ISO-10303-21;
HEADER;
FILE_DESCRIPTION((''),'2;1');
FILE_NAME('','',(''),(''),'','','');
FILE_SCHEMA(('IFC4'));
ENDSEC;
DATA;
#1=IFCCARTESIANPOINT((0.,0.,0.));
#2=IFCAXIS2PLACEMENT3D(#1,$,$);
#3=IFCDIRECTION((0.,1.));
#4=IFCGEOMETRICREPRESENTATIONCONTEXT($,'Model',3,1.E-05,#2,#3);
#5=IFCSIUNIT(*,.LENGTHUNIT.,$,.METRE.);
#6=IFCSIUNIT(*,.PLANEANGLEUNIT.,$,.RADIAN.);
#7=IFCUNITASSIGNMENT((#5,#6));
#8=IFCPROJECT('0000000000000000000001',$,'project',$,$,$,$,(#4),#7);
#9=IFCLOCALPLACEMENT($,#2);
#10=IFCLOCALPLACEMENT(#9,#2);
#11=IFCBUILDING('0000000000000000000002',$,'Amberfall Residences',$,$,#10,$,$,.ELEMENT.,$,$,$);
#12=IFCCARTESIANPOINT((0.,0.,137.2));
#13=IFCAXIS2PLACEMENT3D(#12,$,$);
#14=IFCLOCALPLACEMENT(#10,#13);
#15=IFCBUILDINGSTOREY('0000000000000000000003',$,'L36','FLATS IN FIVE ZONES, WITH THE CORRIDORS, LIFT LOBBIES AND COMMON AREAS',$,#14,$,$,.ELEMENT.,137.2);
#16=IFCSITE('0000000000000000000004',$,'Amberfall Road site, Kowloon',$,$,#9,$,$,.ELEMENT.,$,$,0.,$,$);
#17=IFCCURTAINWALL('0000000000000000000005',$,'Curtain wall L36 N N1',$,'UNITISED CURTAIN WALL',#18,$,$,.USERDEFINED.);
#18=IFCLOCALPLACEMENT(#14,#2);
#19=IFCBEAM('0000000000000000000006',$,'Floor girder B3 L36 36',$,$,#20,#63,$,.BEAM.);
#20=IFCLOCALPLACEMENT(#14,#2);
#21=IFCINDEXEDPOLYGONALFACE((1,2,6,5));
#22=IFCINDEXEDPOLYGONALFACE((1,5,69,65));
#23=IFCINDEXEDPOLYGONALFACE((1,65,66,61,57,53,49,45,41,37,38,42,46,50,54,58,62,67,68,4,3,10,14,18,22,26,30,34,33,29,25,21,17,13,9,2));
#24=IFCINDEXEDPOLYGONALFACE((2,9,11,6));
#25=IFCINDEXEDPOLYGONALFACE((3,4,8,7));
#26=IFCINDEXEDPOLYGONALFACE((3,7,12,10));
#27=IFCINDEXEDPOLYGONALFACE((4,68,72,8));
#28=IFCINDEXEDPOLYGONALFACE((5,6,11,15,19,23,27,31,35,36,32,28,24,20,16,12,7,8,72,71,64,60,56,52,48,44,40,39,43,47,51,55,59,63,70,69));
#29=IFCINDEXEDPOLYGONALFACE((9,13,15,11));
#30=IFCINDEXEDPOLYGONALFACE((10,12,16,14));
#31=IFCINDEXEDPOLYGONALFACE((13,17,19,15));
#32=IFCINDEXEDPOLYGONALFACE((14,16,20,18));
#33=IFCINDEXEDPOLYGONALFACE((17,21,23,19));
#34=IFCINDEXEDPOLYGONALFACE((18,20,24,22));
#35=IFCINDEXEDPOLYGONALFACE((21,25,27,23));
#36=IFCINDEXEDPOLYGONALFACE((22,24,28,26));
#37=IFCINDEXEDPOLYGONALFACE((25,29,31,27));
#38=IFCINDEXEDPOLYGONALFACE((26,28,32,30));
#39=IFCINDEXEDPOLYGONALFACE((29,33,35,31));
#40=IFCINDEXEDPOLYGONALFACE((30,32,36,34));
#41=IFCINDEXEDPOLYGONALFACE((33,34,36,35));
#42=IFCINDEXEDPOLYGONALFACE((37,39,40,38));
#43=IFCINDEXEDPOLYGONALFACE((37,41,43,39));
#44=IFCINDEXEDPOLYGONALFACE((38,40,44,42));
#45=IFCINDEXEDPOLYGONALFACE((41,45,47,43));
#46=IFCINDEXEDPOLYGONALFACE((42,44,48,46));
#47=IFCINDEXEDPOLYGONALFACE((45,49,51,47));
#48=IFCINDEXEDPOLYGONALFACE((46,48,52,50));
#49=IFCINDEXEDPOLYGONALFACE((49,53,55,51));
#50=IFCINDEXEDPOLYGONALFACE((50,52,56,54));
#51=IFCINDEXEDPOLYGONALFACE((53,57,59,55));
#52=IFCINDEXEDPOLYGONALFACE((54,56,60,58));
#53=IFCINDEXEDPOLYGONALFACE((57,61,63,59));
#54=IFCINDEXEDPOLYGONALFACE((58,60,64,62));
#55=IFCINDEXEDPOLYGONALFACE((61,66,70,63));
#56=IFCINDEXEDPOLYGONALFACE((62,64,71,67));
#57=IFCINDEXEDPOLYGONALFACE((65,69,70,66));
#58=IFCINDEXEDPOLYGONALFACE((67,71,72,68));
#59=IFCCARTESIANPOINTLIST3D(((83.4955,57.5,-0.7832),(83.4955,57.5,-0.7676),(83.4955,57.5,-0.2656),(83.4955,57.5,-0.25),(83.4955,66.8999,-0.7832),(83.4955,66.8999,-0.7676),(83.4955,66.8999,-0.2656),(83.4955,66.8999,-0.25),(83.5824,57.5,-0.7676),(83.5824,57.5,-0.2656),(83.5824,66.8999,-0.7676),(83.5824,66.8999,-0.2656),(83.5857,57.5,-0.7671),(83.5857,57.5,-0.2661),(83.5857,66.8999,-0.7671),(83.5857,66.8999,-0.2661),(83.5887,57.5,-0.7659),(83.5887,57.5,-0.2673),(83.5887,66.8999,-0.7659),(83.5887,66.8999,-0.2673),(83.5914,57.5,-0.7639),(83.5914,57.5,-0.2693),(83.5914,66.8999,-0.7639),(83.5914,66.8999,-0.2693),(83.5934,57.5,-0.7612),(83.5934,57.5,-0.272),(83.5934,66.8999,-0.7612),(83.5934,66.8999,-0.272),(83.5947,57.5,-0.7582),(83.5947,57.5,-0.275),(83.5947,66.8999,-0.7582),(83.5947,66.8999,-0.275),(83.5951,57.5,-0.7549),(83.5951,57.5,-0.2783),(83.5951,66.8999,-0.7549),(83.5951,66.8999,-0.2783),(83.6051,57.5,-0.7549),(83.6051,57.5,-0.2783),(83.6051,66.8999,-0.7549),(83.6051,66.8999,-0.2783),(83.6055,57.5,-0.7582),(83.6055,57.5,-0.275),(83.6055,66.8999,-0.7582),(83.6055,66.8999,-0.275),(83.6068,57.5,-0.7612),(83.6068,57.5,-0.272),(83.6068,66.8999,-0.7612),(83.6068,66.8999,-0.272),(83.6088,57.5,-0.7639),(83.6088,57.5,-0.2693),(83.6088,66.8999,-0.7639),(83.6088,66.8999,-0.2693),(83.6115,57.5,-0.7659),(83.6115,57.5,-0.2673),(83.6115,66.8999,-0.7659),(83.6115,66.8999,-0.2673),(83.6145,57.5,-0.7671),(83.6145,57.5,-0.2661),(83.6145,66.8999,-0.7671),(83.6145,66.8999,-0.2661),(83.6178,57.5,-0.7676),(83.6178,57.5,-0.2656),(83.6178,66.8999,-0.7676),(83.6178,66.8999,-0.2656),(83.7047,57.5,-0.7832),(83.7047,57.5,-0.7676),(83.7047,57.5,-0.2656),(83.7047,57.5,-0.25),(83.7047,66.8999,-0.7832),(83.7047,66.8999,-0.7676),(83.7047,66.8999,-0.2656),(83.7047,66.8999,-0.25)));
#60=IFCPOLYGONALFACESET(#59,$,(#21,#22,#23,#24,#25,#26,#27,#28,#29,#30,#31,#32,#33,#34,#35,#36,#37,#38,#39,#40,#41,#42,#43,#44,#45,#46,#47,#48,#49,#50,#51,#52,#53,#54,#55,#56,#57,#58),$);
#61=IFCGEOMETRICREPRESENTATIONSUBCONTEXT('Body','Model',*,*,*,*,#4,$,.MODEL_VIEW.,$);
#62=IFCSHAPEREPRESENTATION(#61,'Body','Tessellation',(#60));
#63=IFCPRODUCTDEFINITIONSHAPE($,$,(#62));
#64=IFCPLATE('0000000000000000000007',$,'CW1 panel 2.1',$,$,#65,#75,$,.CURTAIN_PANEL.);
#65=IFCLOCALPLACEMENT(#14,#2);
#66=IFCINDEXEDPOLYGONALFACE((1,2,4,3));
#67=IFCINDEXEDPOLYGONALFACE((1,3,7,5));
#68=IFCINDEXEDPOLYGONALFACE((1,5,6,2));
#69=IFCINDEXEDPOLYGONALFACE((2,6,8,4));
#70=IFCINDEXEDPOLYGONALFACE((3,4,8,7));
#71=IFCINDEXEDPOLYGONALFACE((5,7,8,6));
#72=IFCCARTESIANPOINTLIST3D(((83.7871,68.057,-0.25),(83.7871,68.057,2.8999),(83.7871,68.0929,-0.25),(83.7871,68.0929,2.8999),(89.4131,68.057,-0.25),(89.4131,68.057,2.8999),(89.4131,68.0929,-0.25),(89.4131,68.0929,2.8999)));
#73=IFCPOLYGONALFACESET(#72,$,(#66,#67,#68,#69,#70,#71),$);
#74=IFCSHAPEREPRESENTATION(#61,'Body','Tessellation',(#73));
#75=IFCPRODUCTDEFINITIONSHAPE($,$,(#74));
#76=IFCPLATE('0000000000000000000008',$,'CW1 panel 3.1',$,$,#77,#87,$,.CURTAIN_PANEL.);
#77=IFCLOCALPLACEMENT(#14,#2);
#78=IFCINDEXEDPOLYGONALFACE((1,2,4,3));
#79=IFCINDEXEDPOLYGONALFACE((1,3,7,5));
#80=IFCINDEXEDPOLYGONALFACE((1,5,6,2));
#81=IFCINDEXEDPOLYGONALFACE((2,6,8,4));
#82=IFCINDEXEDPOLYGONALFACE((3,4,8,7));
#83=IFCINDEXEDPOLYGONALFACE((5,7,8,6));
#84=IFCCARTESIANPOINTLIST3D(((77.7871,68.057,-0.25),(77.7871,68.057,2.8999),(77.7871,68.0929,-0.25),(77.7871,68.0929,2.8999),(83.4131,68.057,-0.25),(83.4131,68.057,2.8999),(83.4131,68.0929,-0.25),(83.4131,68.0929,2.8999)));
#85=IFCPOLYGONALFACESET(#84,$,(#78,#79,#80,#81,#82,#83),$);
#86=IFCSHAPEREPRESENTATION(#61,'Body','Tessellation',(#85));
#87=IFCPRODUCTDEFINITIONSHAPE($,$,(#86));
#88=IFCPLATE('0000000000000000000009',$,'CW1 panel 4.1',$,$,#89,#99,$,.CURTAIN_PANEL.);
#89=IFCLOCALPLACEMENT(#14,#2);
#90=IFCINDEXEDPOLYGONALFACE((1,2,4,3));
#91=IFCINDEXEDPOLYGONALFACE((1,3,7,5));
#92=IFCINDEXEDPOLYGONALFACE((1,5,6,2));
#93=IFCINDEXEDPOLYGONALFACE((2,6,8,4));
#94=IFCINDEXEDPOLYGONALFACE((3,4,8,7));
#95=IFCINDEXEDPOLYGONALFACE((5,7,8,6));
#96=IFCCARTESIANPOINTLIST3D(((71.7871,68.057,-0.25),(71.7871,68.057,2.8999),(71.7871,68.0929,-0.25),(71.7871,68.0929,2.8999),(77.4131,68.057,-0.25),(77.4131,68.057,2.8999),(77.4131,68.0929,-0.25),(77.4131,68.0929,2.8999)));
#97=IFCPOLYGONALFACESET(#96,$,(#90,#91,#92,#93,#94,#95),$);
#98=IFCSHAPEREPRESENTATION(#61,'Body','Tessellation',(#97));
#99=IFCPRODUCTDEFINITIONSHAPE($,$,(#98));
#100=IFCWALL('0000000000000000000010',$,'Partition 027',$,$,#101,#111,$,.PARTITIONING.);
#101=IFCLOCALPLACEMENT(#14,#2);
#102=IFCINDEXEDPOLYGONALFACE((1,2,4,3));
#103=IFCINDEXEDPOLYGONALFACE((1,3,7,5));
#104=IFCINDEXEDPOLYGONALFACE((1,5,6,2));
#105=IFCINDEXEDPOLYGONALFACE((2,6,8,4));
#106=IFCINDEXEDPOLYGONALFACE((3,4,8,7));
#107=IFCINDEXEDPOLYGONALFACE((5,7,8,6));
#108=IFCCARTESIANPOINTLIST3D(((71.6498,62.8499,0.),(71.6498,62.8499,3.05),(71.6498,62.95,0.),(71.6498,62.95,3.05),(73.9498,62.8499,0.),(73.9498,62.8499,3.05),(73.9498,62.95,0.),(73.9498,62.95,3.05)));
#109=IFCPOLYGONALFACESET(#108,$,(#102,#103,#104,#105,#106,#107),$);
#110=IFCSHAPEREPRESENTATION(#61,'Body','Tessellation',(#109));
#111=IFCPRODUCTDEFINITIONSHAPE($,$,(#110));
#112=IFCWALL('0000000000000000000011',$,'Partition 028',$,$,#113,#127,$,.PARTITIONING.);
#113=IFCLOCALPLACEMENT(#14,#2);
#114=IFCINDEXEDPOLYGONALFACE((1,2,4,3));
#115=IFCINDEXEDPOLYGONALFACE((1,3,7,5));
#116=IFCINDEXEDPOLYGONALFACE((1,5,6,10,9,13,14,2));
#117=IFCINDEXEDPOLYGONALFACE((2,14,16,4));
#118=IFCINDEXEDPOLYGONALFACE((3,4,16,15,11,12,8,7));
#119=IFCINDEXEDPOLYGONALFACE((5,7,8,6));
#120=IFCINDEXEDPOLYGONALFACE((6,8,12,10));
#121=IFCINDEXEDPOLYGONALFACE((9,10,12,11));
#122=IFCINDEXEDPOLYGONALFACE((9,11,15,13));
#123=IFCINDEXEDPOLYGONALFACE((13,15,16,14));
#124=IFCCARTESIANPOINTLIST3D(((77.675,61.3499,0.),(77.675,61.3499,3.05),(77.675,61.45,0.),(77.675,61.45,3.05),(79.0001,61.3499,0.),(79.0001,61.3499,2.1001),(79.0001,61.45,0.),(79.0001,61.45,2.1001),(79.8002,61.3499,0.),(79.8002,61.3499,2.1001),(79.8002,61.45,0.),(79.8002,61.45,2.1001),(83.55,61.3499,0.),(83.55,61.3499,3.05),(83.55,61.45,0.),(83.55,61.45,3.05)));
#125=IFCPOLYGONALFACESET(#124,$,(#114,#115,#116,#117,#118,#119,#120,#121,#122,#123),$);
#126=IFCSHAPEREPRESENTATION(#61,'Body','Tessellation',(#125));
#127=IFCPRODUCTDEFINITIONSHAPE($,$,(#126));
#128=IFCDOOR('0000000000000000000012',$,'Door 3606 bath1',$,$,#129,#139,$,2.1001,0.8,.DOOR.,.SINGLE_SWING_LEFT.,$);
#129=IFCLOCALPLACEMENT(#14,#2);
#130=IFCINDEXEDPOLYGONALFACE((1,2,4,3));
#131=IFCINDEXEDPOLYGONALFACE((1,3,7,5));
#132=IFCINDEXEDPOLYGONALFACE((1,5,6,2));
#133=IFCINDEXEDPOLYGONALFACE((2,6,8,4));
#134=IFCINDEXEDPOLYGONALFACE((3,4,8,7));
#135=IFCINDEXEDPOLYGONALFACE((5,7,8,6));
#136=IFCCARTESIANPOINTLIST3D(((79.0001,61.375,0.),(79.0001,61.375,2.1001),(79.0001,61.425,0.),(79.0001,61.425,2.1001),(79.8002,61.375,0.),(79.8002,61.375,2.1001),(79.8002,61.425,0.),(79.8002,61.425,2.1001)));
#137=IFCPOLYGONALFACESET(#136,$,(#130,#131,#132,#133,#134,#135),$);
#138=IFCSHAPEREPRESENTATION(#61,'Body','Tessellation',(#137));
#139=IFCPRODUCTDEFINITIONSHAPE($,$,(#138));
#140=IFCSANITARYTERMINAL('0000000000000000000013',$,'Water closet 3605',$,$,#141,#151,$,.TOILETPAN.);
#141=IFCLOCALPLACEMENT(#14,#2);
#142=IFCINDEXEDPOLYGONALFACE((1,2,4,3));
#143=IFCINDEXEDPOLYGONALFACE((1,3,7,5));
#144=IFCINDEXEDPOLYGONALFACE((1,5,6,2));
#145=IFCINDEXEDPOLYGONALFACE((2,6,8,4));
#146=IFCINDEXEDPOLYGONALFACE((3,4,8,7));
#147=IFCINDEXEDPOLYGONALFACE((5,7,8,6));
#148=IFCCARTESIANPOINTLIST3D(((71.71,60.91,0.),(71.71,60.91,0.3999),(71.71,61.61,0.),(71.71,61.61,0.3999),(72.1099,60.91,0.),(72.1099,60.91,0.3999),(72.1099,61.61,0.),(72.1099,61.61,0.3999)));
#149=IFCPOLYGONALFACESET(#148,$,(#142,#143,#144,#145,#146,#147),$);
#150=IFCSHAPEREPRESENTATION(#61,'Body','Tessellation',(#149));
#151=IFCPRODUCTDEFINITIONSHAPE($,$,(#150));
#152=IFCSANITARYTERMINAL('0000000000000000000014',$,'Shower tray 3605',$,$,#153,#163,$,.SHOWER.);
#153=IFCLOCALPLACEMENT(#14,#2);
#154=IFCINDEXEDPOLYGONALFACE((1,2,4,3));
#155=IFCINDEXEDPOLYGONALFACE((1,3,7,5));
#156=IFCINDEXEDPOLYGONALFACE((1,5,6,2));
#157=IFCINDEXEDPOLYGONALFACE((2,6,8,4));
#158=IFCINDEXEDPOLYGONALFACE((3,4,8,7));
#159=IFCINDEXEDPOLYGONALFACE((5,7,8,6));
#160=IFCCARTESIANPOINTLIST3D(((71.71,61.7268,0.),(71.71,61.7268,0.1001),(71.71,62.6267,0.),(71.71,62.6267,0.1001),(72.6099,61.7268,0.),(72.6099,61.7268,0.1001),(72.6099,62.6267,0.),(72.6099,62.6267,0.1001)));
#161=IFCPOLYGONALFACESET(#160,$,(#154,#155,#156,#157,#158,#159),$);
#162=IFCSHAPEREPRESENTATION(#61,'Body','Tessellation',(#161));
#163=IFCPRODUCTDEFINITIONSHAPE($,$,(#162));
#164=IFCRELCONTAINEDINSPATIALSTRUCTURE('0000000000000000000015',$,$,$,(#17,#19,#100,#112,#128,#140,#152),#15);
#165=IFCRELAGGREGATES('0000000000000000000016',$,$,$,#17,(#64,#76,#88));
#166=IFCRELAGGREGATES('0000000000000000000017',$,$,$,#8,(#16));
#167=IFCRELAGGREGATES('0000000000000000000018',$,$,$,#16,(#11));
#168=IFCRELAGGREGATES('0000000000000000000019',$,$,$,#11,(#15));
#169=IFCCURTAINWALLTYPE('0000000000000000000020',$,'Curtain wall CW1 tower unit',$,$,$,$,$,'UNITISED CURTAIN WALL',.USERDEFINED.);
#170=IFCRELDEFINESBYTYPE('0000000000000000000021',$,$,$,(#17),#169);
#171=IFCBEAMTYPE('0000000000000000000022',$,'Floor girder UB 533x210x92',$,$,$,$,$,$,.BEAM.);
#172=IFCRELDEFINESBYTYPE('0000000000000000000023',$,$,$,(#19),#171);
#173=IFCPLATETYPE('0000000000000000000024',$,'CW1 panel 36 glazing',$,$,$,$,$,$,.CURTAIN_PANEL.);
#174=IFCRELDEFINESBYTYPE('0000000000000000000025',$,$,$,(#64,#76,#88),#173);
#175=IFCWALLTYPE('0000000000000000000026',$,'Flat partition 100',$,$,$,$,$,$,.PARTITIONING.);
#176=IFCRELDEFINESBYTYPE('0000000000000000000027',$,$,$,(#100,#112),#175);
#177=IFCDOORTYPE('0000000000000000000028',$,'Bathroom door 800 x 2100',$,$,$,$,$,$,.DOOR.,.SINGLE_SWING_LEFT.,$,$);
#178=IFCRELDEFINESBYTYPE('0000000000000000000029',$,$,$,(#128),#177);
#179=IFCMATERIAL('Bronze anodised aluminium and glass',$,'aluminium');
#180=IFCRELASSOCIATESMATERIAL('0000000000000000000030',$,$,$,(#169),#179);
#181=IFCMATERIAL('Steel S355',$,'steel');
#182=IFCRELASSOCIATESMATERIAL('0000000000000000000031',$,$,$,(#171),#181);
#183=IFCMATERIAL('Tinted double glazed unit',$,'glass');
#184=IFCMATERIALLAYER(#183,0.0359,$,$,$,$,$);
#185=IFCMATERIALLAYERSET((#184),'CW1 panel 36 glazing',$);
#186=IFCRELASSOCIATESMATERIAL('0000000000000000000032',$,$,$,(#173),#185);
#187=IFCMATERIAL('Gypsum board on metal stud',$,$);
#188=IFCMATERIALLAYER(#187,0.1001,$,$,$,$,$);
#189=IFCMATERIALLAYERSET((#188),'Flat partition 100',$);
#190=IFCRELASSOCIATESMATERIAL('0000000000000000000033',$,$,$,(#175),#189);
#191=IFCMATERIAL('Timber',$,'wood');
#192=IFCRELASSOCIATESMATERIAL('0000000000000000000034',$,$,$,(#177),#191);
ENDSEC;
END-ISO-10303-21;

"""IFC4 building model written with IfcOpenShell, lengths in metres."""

from ifc_helpers import new_model, si_unit, direction, frame, frame_2d, origin, origin_2d, place, context, subcontext, project, spatial, rectangle, i_section, extrude, material, layer, layer_set, material_profile, profile_set, type_object, element, fill, aggregate, save


model = new_model("IFC4")

# Units and contexts
model_context = context("Model", 3, precision=1e-05, world=origin(), true_north=direction((0.0, 1.0)))
body_context = subcontext(model_context, "Body", "Model", "MODEL_VIEW")
ifc_project = project(units=[si_unit("LENGTHUNIT", "METRE"), si_unit("PLANEANGLEUNIT", "RADIAN")], contexts=[model_context])

# Site, building, storey
site_placement = place(None, origin())
site = spatial("IfcSite", under=ifc_project, at=site_placement, Name="Amberfall Road site, Kowloon", CompositionType="ELEMENT", RefElevation=0.0)
building_placement = place(site_placement, origin())
building = spatial("IfcBuilding", under=site, at=building_placement, Name="Amberfall Residences", CompositionType="ELEMENT")
storey_placement = place(building_placement, frame((0.0, 0.0, 137.2)))
storey = spatial("IfcBuildingStorey", under=building, at=storey_placement, Name="L36", Description="FLATS IN FIVE ZONES, WITH THE CORRIDORS, LIFT LOBBIES AND COMMON AREAS", CompositionType="ELEMENT", Elevation=137.2)

# Curtain wall
ifc_material_1 = material(Name="Bronze anodised aluminium and glass", Category="aluminium")
curtain_wall_type = type_object("IfcCurtainWallType", Name="Curtain wall CW1 tower unit", ElementType="UNITISED CURTAIN WALL", PredefinedType="USERDEFINED", material=ifc_material_1)
curtain_wall_placement = place(storey_placement, origin())
curtain_wall = element("IfcCurtainWall", 1, at=curtain_wall_placement, inside=storey, type_object=curtain_wall_type, Name="Curtain wall L36 N N1", ObjectType="UNITISED CURTAIN WALL", PredefinedType="USERDEFINED")

# Shared definitions
ifc_material_2 = material(Name="Steel S355", Category="steel")

# Beam
ifc_material_profile_1 = material_profile(ifc_material_2, i_section(OverallWidth=0.2092, OverallDepth=0.5332, WebThickness=0.01, FlangeThickness=0.0156, FilletRadius=0.0127, at=origin_2d()), Name="UB 533x210x92")
ifc_profile_set_1 = profile_set([ifc_material_profile_1], Name="Steel S355")
beam_type_1 = type_object("IfcBeamType", Name="Floor girder UB 533x210x92", PredefinedType="BEAM", material=ifc_profile_set_1)
for number, where, z_axis, x_axis, name in (
    (2, (83.6001, 66.8999, -0.5166), (0.0, -1.0, 0.0), (1.0, 0.0, 0.0), "Floor girder B3 L36 36"),
):
    element("IfcBeam", number, at=place(storey_placement, frame(where, z_axis=z_axis, x_axis=x_axis)), inside=storey, type_object=beam_type_1, Name=name, PredefinedType="BEAM", context=body_context, shape_type="SweptSolid", body=[
        extrude(i_section(OverallWidth=0.2092, OverallDepth=0.5332, WebThickness=0.01, FlangeThickness=0.0156, FilletRadius=0.0127, at=origin_2d()), origin(), (0.0, 0.0, 1.0), 9.3999),
    ])

# Plates
ifc_material_3 = material(Name="Tinted double glazed unit", Category="glass")
ifc_layer_1 = layer(ifc_material_3, 0.0359)
ifc_layer_set_1 = layer_set([ifc_layer_1], Name="CW1 panel 36 glazing")
plate_type = type_object("IfcPlateType", Name="CW1 panel 36 glazing", PredefinedType="CURTAIN_PANEL", material=ifc_layer_set_1)
plate_1_placement = place(storey_placement, frame((86.6001, 68.075, -0.25), z_axis=(0.0, 0.0, 1.0), x_axis=(-1.0, 0.0, 0.0)))
plate_1 = element("IfcPlate", 3, at=plate_1_placement, type_object=plate_type, Name="CW1 panel 2.1", PredefinedType="CURTAIN_PANEL", context=body_context, shape_type="SweptSolid", body=[
    extrude(rectangle(XDim=5.626, YDim=0.0359, at=origin_2d()), origin(), (0.0, 0.0, 1.0), 3.1499),
])
plate_2_placement = place(storey_placement, frame((80.6001, 68.075, -0.25), z_axis=(0.0, 0.0, 1.0), x_axis=(-1.0, 0.0, 0.0)))
plate_2 = element("IfcPlate", 4, at=plate_2_placement, type_object=plate_type, Name="CW1 panel 3.1", PredefinedType="CURTAIN_PANEL", context=body_context, shape_type="SweptSolid", body=[
    extrude(rectangle(XDim=5.626, YDim=0.0359, at=origin_2d()), origin(), (0.0, 0.0, 1.0), 3.1499),
])
plate_3_placement = place(storey_placement, frame((74.6001, 68.075, -0.25), z_axis=(0.0, 0.0, 1.0), x_axis=(-1.0, 0.0, 0.0)))
plate_3 = element("IfcPlate", 5, at=plate_3_placement, type_object=plate_type, Name="CW1 panel 4.1", PredefinedType="CURTAIN_PANEL", context=body_context, shape_type="SweptSolid", body=[
    extrude(rectangle(XDim=5.626, YDim=0.0359, at=origin_2d()), origin(), (0.0, 0.0, 1.0), 3.1499),
])
aggregate(curtain_wall, [plate_1, plate_2, plate_3])

# Wall
ifc_material_4 = material(Name="Gypsum board on metal stud")
ifc_layer_2 = layer(ifc_material_4, 0.1001)
ifc_layer_set_2 = layer_set([ifc_layer_2], Name="Flat partition 100")
wall_type = type_object("IfcWallType", Name="Flat partition 100", PredefinedType="PARTITIONING", material=ifc_layer_set_2)
wall_1_placement = place(storey_placement, frame((71.6499, 62.8999, 0.0), z_axis=(0.0, 0.0, 1.0), x_axis=(1.0, 0.0, 0.0)))
element("IfcWall", 6, at=wall_1_placement, inside=storey, type_object=wall_type, Name="Partition 027", PredefinedType="PARTITIONING", context=body_context, shape_type="SweptSolid", body=[
    extrude(rectangle(XDim=2.3, YDim=0.1001, at=frame_2d((1.1499, 0.0))), origin(), (0.0, 0.0, 1.0), 3.05),
])

# Wall, opening, door
wall_2_placement = place(storey_placement, frame((83.55, 61.3999, 0.0), z_axis=(0.0, 0.0, 1.0), x_axis=(-1.0, 0.0, 0.0)))
wall_2 = element("IfcWall", 7, at=wall_2_placement, inside=storey, type_object=wall_type, Name="Partition 028", PredefinedType="PARTITIONING", context=body_context, shape_type="SweptSolid", body=[
    extrude(rectangle(XDim=5.875, YDim=0.1001, at=frame_2d((2.9375, 0.0))), origin(), (0.0, 0.0, 1.0), 3.05),
])
opening_placement = place(wall_2_placement, frame((3.75, 0.0, 0.0)))
opening = element("IfcOpeningElement", 8, at=opening_placement, cuts=wall_2, PredefinedType="OPENING", context=body_context, shape_type="SweptSolid", body=[
    extrude(rectangle(XDim=0.8, YDim=2.1001, at=frame_2d((0.3999, 1.05))), frame((0.0, 0.0601, 0.0), z_axis=(0.0, -1.0, 0.0), x_axis=(1.0, 0.0, 0.0)), (0.0, 0.0, 1.0), 0.1201),
])
ifc_material_5 = material(Name="Timber", Category="wood")
door_type = type_object("IfcDoorType", Name="Bathroom door 800 x 2100", OperationType="SINGLE_SWING_LEFT", PredefinedType="DOOR", material=ifc_material_5)
door_placement = place(opening_placement, origin())
door = element("IfcDoor", 9, at=door_placement, inside=storey, type_object=door_type, Name="Door 3606 bath1", OperationType="SINGLE_SWING_LEFT", OverallHeight=2.1001, OverallWidth=0.8, PredefinedType="DOOR", context=body_context, shape_type="SweptSolid", body=[
    extrude(rectangle(XDim=0.8, YDim=2.1001, at=frame_2d((0.3999, 1.05))), frame((0.0, 0.0249, 0.0), z_axis=(0.0, -1.0, 0.0), x_axis=(1.0, 0.0, 0.0)), (0.0, 0.0, 1.0), 0.05),
])
fill(opening, door)

# Sanitary terminals
sanitary_terminal_1_placement = place(storey_placement, frame((71.9099, 61.26, 0.0), z_axis=(0.0, 0.0, 1.0), x_axis=(1.0, 0.0, 0.0)))
element("IfcSanitaryTerminal", 10, at=sanitary_terminal_1_placement, inside=storey, Name="Water closet 3605", PredefinedType="TOILETPAN", context=body_context, shape_type="SweptSolid", body=[
    extrude(rectangle(XDim=0.3999, YDim=0.7, at=origin_2d()), origin(), (0.0, 0.0, 1.0), 0.3999),
])
sanitary_terminal_2_placement = place(storey_placement, frame((72.1599, 62.1768, 0.0), z_axis=(0.0, 0.0, 1.0), x_axis=(1.0, 0.0, 0.0)))
element("IfcSanitaryTerminal", 11, at=sanitary_terminal_2_placement, inside=storey, Name="Shower tray 3605", PredefinedType="SHOWER", context=body_context, shape_type="SweptSolid", body=[
    extrude(rectangle(XDim=0.8999, YDim=0.8999, at=origin_2d()), origin(), (0.0, 0.0, 1.0), 0.1001),
])

save(model, "model.ifc")
